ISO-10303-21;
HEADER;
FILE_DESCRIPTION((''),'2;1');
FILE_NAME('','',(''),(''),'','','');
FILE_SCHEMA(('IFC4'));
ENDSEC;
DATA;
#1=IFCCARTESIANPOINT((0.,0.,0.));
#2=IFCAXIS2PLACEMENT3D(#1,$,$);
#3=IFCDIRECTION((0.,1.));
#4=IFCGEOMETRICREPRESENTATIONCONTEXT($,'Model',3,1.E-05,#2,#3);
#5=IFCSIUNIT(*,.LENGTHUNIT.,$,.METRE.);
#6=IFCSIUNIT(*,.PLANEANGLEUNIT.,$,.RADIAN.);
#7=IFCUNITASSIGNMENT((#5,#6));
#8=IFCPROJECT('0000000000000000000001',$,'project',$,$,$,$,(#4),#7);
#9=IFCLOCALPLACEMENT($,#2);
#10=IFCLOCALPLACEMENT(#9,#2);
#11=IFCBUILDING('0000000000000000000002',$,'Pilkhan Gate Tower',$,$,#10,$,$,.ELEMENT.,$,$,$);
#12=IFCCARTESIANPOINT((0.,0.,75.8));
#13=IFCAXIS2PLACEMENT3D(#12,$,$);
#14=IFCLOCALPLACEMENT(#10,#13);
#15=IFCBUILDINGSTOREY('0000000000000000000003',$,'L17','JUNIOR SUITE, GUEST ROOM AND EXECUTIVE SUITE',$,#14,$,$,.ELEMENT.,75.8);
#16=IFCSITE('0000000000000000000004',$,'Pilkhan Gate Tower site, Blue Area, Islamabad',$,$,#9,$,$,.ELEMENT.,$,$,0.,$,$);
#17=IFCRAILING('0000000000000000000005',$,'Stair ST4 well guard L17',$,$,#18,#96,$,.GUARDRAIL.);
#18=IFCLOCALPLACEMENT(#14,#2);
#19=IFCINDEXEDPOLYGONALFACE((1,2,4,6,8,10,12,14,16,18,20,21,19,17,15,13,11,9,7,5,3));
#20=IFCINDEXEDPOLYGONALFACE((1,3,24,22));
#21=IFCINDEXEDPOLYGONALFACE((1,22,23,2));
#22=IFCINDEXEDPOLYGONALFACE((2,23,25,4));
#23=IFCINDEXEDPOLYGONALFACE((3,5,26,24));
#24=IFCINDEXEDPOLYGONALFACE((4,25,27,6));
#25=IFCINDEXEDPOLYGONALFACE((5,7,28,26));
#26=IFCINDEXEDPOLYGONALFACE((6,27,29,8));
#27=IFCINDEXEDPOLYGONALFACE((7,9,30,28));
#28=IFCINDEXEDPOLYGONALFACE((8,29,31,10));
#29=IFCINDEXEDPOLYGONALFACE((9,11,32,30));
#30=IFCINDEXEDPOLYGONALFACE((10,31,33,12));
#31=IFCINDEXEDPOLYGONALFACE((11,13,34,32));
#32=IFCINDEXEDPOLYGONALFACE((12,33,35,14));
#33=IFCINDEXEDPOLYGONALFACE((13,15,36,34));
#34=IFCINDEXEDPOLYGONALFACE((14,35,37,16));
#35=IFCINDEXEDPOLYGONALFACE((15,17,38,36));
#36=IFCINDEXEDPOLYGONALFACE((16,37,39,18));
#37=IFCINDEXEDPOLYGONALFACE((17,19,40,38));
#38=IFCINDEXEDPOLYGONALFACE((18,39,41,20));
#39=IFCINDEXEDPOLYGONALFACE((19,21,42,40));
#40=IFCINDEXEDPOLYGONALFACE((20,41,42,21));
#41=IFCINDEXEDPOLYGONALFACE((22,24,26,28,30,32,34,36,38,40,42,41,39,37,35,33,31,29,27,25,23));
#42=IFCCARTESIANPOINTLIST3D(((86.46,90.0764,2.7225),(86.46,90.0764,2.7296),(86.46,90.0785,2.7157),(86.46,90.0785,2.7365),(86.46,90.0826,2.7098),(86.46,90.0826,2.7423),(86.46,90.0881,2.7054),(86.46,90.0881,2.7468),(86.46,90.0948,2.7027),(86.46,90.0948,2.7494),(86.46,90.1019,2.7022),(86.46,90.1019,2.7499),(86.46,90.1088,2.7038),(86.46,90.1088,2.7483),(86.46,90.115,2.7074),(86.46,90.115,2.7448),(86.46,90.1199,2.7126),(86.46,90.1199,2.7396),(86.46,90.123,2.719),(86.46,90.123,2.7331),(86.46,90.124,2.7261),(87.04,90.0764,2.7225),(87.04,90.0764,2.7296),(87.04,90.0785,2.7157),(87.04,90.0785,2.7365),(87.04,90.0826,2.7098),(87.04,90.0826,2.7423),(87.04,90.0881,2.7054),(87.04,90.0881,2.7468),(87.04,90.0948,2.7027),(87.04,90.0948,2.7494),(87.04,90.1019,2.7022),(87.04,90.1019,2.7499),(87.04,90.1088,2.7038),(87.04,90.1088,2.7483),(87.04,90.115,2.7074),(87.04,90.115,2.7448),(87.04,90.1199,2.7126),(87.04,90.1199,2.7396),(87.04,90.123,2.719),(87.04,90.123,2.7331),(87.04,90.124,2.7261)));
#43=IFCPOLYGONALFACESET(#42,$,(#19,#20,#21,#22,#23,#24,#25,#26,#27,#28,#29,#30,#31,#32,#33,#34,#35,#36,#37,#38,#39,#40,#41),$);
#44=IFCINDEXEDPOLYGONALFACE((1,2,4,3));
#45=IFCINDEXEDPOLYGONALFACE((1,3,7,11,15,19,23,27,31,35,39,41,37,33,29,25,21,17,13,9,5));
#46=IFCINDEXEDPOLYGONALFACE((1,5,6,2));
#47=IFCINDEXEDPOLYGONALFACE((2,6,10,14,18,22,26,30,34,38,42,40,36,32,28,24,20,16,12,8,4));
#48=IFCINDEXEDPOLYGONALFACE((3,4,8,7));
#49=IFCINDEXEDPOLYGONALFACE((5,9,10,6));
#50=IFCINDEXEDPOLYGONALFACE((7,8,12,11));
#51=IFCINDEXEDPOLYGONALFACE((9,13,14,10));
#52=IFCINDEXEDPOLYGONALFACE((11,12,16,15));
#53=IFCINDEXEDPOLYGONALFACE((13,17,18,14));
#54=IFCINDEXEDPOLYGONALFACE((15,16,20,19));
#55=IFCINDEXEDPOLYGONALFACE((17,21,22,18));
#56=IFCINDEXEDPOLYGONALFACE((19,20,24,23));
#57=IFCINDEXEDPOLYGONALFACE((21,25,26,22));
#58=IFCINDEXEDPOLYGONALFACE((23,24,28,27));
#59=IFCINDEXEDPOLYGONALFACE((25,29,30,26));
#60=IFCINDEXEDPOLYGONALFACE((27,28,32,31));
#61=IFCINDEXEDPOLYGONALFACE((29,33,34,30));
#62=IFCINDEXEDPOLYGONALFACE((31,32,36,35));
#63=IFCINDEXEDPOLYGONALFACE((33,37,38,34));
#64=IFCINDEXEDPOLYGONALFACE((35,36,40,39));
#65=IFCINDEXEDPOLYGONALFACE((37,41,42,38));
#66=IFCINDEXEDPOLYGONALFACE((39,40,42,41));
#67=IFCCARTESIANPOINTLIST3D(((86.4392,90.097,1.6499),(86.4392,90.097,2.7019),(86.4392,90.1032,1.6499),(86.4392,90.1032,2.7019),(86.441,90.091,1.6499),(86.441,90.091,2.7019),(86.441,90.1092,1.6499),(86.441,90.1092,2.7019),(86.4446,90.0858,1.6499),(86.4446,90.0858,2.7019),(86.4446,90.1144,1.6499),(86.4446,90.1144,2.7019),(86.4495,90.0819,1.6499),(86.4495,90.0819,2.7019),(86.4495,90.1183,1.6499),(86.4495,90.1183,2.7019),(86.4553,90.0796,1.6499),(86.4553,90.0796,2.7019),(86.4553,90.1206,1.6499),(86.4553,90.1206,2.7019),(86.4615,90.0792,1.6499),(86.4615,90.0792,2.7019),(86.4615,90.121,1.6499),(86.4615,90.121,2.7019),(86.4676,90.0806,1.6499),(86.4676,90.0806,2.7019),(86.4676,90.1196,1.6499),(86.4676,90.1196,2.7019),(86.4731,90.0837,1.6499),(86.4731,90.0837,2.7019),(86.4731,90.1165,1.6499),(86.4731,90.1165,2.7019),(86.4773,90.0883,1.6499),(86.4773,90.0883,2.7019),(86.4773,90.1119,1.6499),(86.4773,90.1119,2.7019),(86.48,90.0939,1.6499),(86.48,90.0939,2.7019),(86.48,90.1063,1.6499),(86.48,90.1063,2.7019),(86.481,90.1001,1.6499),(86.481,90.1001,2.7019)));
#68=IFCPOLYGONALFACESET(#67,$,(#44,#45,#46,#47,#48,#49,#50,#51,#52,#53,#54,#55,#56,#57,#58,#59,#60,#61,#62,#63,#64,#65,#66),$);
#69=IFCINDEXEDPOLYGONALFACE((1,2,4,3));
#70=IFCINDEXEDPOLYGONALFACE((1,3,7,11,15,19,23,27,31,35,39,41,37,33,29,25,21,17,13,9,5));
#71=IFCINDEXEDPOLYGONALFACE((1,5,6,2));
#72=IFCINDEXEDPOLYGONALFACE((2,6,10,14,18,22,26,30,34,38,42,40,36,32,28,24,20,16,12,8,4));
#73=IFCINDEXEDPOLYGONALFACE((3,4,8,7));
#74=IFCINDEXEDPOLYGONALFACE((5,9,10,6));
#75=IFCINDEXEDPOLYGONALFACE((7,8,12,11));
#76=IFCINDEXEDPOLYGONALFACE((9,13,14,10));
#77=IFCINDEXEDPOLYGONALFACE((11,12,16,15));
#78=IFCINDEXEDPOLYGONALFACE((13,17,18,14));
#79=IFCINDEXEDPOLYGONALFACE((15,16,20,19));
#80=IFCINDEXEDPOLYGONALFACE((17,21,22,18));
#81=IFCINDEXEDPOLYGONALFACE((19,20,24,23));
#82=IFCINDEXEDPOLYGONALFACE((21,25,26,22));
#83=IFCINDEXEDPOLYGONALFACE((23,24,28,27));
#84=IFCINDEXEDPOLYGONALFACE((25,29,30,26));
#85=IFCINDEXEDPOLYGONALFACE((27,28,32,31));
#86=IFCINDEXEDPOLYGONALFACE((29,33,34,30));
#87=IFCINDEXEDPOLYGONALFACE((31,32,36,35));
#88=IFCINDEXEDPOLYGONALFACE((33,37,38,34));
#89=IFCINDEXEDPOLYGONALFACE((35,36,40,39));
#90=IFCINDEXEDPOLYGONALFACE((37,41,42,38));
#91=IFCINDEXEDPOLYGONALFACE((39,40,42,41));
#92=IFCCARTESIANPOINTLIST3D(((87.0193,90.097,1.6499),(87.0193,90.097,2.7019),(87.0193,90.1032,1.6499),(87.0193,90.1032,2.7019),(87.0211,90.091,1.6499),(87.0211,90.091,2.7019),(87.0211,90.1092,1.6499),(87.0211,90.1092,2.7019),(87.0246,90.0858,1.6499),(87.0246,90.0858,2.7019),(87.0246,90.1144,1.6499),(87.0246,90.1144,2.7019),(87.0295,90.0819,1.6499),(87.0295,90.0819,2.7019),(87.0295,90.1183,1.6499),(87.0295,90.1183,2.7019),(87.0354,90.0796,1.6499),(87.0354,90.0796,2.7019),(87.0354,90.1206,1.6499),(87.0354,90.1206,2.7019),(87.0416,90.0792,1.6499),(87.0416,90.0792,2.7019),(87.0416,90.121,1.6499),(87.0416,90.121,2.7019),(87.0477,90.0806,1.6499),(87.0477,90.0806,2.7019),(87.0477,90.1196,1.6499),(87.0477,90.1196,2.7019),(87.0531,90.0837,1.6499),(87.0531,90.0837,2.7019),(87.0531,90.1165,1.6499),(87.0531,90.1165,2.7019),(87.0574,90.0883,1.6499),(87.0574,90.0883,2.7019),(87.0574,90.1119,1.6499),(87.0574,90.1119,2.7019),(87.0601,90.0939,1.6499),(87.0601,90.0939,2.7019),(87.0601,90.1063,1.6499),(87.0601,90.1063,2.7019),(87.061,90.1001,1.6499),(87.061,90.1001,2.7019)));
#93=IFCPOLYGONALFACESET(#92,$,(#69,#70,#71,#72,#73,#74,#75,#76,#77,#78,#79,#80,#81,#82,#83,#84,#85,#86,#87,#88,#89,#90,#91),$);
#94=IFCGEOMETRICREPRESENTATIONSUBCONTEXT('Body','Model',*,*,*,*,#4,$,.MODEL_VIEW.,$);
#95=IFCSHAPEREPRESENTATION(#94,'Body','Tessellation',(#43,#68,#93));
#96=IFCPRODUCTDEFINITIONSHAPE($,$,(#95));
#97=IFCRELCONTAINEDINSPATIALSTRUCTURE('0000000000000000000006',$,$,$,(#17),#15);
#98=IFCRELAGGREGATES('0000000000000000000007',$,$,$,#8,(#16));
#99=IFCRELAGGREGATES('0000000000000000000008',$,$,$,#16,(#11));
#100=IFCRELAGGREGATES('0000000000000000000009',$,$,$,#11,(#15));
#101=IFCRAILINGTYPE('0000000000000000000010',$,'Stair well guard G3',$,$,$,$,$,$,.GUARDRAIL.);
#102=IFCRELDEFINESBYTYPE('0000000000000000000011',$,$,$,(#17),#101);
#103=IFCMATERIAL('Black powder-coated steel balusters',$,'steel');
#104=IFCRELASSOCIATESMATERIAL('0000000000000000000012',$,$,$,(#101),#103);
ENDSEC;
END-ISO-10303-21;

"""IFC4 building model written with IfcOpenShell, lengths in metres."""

from ifc_helpers import new_model, si_unit, direction, frame, origin, origin_2d, place, context, subcontext, project, spatial, circle, extrude, material, type_object, element, save


model = new_model("IFC4")

# Units and contexts
model_context = context("Model", 3, precision=1e-05, world=origin(), true_north=direction((0.0, 1.0)))
body_context = subcontext(model_context, "Body", "Model", "MODEL_VIEW")
ifc_project = project(units=[si_unit("LENGTHUNIT", "METRE"), si_unit("PLANEANGLEUNIT", "RADIAN")], contexts=[model_context])

# Site, building, storey
site_placement = place(None, origin())
site = spatial("IfcSite", under=ifc_project, at=site_placement, Name="Pilkhan Gate Tower site, Blue Area, Islamabad", CompositionType="ELEMENT", RefElevation=0.0)
building_placement = place(site_placement, origin())
building = spatial("IfcBuilding", under=site, at=building_placement, Name="Pilkhan Gate Tower", CompositionType="ELEMENT")
storey_placement = place(building_placement, frame((0.0, 0.0, 75.8)))
storey = spatial("IfcBuildingStorey", under=building, at=storey_placement, Name="L17", Description="JUNIOR SUITE, GUEST ROOM AND EXECUTIVE SUITE", CompositionType="ELEMENT", Elevation=75.8)

# Railing
ifc_material_1 = material(Name="Black powder-coated steel balusters", Category="steel")
railing_type_1 = type_object("IfcRailingType", Name="Stair well guard G3", PredefinedType="GUARDRAIL", material=ifc_material_1)
for number, where, name in (
    (1, (86.46, 90.1001, 1.6499), "Stair ST4 well guard L17"),
):
    element("IfcRailing", number, at=place(storey_placement, frame(where)), inside=storey, type_object=railing_type_1, Name=name, PredefinedType="GUARDRAIL", context=body_context, shape_type="SweptSolid", body=[
        extrude(circle(Radius=0.0239, at=origin_2d()), frame((0.0, 0.0, 1.0762), z_axis=(1.0, 0.0, 0.0), x_axis=(0.0, 1.0, 0.0)), (0.0, 0.0, 1.0), 0.5801),
        extrude(circle(Radius=0.021, at=origin_2d()), origin(), (0.0, 0.0, 1.0), 1.052),
        extrude(circle(Radius=0.021, at=origin_2d()), frame((0.5801, 0.0, 0.0)), (0.0, 0.0, 1.0), 1.052),
    ])

save(model, "model.ifc")
